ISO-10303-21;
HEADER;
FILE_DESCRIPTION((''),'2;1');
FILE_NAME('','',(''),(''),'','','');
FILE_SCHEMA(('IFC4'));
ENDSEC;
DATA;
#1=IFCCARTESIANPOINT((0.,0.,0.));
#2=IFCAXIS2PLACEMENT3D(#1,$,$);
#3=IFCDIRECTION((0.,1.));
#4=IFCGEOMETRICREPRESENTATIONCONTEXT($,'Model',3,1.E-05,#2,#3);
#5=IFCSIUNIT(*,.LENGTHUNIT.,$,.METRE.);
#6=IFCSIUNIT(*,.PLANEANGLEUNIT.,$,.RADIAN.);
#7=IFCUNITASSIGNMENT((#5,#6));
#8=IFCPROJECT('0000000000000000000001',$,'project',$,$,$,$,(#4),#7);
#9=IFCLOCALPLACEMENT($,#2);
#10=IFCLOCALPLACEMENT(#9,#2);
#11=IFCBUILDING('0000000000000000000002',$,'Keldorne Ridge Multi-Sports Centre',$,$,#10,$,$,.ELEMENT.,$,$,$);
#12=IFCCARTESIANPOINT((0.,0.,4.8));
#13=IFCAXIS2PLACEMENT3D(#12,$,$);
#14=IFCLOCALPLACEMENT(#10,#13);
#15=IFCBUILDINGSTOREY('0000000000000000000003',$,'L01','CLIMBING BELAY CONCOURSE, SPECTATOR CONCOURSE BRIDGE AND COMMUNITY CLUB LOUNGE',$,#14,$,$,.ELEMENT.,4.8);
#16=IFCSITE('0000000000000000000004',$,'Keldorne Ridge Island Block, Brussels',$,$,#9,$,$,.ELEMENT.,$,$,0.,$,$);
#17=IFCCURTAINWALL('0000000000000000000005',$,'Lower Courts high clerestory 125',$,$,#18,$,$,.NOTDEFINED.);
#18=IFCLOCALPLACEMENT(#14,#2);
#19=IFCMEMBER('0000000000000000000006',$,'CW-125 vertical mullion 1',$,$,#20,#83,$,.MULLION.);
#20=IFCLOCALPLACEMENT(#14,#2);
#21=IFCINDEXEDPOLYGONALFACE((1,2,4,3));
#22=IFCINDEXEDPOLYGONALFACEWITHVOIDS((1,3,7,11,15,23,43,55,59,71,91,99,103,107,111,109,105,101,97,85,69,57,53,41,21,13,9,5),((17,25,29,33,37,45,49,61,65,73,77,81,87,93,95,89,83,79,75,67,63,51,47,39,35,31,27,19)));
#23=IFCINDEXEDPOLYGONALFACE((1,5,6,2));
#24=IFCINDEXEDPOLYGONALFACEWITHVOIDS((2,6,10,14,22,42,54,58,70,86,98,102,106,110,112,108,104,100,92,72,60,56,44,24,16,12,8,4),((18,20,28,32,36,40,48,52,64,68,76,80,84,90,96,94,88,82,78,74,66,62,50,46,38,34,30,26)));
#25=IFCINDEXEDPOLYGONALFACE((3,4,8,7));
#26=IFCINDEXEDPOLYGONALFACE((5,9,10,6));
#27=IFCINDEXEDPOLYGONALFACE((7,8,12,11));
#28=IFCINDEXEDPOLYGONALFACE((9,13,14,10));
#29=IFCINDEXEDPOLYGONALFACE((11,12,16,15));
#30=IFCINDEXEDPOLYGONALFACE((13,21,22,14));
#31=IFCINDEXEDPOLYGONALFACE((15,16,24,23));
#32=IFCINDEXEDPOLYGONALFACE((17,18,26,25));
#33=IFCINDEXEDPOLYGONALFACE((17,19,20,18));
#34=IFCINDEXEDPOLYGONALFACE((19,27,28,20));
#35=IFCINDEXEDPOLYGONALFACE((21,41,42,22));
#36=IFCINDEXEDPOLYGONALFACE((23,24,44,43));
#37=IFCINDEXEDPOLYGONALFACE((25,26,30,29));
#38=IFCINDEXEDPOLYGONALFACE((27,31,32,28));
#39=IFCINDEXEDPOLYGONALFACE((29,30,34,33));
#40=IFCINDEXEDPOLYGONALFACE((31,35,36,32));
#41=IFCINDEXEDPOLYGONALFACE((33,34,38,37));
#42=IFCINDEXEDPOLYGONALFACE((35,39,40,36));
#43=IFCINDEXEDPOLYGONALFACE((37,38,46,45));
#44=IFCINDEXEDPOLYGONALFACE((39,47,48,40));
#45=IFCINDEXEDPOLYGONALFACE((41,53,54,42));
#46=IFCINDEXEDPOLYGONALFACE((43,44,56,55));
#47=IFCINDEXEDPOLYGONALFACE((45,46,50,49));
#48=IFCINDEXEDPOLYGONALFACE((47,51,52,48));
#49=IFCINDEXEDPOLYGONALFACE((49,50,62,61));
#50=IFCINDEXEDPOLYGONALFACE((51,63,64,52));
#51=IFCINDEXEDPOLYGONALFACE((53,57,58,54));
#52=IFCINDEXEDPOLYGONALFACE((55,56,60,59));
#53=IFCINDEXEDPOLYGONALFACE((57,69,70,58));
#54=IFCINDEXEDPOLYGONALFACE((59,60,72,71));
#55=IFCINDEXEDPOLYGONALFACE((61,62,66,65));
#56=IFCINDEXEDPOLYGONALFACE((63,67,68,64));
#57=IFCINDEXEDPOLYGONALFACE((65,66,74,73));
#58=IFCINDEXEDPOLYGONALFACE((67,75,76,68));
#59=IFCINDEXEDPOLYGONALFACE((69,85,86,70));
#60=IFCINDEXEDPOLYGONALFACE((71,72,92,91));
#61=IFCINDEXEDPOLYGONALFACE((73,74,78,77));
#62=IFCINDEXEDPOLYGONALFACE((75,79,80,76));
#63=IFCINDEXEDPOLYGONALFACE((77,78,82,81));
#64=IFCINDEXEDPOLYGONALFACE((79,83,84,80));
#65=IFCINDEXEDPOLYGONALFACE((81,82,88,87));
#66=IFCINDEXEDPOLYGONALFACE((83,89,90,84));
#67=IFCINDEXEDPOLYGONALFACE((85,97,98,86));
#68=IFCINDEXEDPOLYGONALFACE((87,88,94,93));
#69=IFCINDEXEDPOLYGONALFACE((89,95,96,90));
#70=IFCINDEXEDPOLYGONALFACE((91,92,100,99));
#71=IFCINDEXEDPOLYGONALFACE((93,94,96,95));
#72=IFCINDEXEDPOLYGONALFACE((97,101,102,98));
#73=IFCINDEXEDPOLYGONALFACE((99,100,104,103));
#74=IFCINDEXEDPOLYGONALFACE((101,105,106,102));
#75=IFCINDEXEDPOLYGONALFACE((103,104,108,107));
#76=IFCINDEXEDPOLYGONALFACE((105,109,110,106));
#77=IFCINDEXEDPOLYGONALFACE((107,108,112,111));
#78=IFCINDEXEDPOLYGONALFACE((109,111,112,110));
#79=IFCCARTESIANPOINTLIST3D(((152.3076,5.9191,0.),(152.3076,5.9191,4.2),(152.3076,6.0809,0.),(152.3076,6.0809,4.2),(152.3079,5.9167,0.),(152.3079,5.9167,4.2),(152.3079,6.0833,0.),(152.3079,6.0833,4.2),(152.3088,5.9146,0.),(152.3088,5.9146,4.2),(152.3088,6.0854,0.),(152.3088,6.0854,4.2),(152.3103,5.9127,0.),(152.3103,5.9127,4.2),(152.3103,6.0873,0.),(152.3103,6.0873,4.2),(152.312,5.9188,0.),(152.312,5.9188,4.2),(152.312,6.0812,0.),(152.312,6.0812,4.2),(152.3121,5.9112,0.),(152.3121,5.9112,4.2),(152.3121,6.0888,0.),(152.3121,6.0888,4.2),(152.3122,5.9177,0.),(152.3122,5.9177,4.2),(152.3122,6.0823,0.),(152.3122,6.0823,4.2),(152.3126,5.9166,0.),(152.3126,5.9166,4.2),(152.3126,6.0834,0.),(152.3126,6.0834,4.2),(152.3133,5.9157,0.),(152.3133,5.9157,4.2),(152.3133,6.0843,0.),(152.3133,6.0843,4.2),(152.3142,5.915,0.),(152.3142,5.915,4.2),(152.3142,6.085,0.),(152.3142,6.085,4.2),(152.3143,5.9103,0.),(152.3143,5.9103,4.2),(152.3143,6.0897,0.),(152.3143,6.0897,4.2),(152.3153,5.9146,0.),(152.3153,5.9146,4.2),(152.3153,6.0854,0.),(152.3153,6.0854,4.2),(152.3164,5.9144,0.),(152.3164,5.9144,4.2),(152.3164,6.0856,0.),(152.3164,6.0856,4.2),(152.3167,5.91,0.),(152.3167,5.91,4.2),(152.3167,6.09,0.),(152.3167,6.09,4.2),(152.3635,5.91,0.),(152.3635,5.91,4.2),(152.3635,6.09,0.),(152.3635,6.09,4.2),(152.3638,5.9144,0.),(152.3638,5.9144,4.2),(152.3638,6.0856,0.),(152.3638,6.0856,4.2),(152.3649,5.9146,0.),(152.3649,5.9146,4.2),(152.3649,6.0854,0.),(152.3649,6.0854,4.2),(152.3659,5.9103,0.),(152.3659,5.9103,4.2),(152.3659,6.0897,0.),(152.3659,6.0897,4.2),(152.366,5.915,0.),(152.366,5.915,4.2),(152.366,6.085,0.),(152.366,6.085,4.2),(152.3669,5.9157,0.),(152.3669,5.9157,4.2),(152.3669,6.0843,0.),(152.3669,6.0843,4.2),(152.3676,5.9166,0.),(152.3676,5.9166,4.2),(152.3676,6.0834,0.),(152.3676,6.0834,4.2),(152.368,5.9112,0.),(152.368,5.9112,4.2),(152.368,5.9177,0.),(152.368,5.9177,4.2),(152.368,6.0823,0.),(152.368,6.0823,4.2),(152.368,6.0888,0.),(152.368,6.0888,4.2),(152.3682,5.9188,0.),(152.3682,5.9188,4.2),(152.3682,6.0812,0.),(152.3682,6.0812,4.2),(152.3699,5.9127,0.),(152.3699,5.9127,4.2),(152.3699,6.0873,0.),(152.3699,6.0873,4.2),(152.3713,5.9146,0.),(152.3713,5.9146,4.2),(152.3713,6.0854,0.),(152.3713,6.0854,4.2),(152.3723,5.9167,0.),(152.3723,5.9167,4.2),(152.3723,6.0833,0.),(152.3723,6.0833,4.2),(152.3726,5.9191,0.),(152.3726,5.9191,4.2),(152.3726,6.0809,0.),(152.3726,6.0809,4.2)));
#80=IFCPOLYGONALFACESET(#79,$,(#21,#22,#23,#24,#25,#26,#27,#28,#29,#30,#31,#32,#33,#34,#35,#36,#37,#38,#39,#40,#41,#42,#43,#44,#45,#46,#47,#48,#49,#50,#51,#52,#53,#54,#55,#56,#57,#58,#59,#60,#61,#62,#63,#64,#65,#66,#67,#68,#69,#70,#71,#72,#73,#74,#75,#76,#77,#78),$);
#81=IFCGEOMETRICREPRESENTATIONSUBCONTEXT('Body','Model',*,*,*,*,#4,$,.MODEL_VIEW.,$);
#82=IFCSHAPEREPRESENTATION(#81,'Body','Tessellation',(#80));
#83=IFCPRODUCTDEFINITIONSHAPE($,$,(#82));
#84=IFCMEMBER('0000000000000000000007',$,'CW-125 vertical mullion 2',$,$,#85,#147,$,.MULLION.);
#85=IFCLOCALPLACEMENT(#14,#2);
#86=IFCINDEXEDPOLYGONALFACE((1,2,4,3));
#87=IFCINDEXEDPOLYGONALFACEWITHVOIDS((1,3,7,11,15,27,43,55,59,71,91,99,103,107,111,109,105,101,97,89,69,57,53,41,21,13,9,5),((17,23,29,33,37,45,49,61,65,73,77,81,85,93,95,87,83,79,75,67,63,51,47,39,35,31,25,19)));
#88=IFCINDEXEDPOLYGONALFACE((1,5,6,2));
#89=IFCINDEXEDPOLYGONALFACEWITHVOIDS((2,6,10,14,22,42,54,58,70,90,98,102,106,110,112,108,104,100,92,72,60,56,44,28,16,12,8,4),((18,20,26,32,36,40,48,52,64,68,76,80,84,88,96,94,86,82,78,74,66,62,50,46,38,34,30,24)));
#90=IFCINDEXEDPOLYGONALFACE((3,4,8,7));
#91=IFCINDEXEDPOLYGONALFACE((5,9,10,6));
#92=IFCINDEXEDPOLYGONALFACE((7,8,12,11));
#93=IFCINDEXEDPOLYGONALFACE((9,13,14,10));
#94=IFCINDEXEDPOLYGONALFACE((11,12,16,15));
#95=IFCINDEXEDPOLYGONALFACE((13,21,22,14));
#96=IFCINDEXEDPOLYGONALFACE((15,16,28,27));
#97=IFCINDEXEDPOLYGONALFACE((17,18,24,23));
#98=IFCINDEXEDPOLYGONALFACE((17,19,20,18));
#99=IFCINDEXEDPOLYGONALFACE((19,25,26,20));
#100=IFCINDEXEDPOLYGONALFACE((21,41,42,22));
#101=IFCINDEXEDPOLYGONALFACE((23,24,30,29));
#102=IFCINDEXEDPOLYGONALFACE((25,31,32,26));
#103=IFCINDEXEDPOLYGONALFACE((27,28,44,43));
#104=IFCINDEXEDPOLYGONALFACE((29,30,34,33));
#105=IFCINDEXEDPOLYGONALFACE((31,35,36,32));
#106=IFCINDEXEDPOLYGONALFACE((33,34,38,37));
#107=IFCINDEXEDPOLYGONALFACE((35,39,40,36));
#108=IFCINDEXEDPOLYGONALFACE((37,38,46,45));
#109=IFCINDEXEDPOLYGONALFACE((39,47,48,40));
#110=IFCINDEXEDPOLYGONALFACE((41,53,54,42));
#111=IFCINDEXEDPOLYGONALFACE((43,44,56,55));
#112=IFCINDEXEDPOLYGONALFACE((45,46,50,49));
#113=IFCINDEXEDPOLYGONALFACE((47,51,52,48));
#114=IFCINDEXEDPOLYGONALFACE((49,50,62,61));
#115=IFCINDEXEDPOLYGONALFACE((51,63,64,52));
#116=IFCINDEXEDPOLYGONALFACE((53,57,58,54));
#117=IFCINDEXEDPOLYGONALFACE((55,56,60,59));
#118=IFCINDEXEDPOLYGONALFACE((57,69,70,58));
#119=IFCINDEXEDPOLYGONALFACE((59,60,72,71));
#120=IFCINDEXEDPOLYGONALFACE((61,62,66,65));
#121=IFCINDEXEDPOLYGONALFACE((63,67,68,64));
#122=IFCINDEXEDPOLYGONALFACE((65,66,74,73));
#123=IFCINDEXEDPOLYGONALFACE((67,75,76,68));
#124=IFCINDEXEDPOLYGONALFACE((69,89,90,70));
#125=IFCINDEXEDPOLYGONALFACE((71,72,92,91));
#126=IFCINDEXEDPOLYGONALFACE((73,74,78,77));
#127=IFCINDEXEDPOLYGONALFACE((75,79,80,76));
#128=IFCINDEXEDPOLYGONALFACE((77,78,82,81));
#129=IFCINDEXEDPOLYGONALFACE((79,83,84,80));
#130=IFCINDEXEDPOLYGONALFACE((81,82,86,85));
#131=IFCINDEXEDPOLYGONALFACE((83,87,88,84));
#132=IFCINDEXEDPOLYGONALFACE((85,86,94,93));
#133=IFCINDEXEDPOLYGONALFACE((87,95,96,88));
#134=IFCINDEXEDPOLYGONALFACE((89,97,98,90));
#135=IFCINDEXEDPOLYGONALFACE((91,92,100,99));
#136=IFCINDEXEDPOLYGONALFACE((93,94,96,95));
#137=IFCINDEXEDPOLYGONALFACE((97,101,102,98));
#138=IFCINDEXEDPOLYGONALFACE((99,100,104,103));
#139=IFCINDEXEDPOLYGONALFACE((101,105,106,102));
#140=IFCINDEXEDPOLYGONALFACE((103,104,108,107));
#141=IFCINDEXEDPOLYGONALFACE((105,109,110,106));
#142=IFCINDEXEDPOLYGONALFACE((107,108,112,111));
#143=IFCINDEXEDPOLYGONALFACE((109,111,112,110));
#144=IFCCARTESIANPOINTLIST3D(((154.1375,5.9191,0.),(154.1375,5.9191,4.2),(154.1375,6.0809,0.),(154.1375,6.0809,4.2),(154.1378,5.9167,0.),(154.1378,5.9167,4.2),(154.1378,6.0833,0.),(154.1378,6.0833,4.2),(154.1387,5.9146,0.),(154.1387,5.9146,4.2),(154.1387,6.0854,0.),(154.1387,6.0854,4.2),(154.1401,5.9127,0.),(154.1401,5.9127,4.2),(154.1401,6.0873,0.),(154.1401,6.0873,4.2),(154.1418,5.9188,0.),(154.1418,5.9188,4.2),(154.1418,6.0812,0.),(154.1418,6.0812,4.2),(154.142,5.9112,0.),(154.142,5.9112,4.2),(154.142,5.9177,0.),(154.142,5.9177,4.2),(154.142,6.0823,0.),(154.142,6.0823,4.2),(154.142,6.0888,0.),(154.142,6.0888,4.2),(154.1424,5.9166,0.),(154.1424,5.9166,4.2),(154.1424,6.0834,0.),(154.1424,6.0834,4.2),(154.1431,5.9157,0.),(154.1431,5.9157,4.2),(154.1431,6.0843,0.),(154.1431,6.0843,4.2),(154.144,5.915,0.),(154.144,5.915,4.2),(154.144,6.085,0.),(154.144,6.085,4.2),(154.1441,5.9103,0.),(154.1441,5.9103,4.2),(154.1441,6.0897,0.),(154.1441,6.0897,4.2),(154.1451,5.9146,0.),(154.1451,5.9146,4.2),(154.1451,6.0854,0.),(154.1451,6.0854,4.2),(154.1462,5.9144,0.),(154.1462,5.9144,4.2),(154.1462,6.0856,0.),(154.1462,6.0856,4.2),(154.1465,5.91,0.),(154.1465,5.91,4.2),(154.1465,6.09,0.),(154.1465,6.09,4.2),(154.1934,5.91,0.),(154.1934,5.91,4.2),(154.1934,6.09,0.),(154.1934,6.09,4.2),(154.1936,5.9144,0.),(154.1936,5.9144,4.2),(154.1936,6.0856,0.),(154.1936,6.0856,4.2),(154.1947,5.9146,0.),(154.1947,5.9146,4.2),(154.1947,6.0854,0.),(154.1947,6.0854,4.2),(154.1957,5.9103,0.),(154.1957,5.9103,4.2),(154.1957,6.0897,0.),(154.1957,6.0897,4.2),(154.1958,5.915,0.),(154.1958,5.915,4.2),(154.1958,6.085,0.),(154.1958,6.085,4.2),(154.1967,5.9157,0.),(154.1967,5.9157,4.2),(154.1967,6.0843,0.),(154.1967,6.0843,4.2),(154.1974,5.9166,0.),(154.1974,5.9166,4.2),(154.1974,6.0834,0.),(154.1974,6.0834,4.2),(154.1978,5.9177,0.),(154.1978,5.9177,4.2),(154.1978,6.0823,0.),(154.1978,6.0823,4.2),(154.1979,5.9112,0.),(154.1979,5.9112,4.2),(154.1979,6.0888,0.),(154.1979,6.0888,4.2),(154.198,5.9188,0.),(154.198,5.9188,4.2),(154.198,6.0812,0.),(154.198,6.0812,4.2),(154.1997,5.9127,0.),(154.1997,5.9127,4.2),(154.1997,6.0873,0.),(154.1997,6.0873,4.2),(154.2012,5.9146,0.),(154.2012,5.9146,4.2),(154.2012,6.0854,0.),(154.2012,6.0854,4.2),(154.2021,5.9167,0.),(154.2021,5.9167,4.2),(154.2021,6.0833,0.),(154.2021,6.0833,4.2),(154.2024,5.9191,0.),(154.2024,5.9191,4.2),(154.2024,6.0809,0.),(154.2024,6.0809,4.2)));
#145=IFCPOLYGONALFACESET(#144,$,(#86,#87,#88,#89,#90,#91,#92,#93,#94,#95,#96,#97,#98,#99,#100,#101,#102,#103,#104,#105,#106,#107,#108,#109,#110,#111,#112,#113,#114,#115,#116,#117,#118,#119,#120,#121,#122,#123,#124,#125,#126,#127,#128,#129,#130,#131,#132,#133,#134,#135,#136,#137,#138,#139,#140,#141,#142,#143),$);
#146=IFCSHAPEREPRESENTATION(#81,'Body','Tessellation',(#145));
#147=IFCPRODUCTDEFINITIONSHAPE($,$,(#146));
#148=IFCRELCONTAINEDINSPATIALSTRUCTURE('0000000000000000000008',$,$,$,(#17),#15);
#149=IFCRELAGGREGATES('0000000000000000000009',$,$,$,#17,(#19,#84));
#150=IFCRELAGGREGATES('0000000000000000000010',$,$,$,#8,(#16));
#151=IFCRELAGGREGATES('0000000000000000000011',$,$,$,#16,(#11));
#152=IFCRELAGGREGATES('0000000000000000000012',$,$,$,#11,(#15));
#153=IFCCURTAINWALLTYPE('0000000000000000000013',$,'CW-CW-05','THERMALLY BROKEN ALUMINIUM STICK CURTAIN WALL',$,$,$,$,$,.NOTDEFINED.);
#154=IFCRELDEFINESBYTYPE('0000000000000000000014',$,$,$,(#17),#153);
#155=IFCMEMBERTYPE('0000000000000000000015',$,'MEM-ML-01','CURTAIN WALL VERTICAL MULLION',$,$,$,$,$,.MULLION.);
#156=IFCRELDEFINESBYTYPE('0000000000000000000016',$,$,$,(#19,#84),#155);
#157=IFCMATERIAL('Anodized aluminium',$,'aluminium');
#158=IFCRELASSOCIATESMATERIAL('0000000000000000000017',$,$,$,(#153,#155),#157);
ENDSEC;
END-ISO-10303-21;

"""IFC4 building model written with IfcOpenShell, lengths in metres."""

from ifc_helpers import new_model, si_unit, direction, frame, origin, origin_2d, place, context, subcontext, project, spatial, hollow_rectangle, extrude, material, material_profile, profile_set, type_object, element, aggregate, save


model = new_model("IFC4")

# Units and contexts
model_context = context("Model", 3, precision=1e-05, world=origin(), true_north=direction((0.0, 1.0)))
body_context = subcontext(model_context, "Body", "Model", "MODEL_VIEW")
ifc_project = project(units=[si_unit("LENGTHUNIT", "METRE"), si_unit("PLANEANGLEUNIT", "RADIAN")], contexts=[model_context])

# Site, building, storey
site_placement = place(None, origin())
site = spatial("IfcSite", under=ifc_project, at=site_placement, Name="Keldorne Ridge Island Block, Brussels", CompositionType="ELEMENT", RefElevation=0.0)
building_placement = place(site_placement, origin())
building = spatial("IfcBuilding", under=site, at=building_placement, Name="Keldorne Ridge Multi-Sports Centre", CompositionType="ELEMENT")
storey_placement = place(building_placement, frame((0.0, 0.0, 4.8)))
storey = spatial("IfcBuildingStorey", under=building, at=storey_placement, Name="L01", Description="CLIMBING BELAY CONCOURSE, SPECTATOR CONCOURSE BRIDGE AND COMMUNITY CLUB LOUNGE", CompositionType="ELEMENT", Elevation=4.8)

# Curtain wall, members
ifc_material_1 = material(Name="Anodized aluminium", Category="aluminium")
curtain_wall_type = type_object("IfcCurtainWallType", Name="CW-CW-05", Description="THERMALLY BROKEN ALUMINIUM STICK CURTAIN WALL", PredefinedType="NOTDEFINED", material=ifc_material_1)
curtain_wall_placement = place(storey_placement, origin())
curtain_wall = element("IfcCurtainWall", 1, at=curtain_wall_placement, inside=storey, type_object=curtain_wall_type, Name="Lower Courts high clerestory 125", PredefinedType="NOTDEFINED")
ifc_material_profile_1 = material_profile(ifc_material_1, hollow_rectangle(XDim=0.0649, YDim=0.1799, WallThickness=0.0044, InnerFilletRadius=0.0044, OuterFilletRadius=0.009, at=origin_2d()), Name="ALU MULLION 180x65x4.5")
ifc_profile_set_1 = profile_set([ifc_material_profile_1], Name="Anodized aluminium")
member_type_1 = type_object("IfcMemberType", Name="MEM-ML-01", Description="CURTAIN WALL VERTICAL MULLION", PredefinedType="MULLION", material=ifc_profile_set_1)
member_1_placement = place(storey_placement, frame((152.3401, 6.0, 0.0), z_axis=(0.0, 0.0, 1.0), x_axis=(1.0, 0.0, 0.0)))
member_1 = element("IfcMember", 2, at=member_1_placement, type_object=member_type_1, Name="CW-125 vertical mullion 1", PredefinedType="MULLION", context=body_context, shape_type="SweptSolid", body=[
    extrude(hollow_rectangle(XDim=0.0649, YDim=0.1799, WallThickness=0.0044, InnerFilletRadius=0.0044, OuterFilletRadius=0.009, at=origin_2d()), origin(), (0.0, 0.0, 1.0), 4.2),
])
member_2_placement = place(storey_placement, frame((154.1699, 6.0, 0.0), z_axis=(0.0, 0.0, 1.0), x_axis=(1.0, 0.0, 0.0)))
member_2 = element("IfcMember", 3, at=member_2_placement, type_object=member_type_1, Name="CW-125 vertical mullion 2", PredefinedType="MULLION", context=body_context, shape_type="SweptSolid", body=[
    extrude(hollow_rectangle(XDim=0.0649, YDim=0.1799, WallThickness=0.0044, InnerFilletRadius=0.0044, OuterFilletRadius=0.009, at=origin_2d()), origin(), (0.0, 0.0, 1.0), 4.2),
])
aggregate(curtain_wall, [member_1, member_2])

save(model, "model.ifc")
